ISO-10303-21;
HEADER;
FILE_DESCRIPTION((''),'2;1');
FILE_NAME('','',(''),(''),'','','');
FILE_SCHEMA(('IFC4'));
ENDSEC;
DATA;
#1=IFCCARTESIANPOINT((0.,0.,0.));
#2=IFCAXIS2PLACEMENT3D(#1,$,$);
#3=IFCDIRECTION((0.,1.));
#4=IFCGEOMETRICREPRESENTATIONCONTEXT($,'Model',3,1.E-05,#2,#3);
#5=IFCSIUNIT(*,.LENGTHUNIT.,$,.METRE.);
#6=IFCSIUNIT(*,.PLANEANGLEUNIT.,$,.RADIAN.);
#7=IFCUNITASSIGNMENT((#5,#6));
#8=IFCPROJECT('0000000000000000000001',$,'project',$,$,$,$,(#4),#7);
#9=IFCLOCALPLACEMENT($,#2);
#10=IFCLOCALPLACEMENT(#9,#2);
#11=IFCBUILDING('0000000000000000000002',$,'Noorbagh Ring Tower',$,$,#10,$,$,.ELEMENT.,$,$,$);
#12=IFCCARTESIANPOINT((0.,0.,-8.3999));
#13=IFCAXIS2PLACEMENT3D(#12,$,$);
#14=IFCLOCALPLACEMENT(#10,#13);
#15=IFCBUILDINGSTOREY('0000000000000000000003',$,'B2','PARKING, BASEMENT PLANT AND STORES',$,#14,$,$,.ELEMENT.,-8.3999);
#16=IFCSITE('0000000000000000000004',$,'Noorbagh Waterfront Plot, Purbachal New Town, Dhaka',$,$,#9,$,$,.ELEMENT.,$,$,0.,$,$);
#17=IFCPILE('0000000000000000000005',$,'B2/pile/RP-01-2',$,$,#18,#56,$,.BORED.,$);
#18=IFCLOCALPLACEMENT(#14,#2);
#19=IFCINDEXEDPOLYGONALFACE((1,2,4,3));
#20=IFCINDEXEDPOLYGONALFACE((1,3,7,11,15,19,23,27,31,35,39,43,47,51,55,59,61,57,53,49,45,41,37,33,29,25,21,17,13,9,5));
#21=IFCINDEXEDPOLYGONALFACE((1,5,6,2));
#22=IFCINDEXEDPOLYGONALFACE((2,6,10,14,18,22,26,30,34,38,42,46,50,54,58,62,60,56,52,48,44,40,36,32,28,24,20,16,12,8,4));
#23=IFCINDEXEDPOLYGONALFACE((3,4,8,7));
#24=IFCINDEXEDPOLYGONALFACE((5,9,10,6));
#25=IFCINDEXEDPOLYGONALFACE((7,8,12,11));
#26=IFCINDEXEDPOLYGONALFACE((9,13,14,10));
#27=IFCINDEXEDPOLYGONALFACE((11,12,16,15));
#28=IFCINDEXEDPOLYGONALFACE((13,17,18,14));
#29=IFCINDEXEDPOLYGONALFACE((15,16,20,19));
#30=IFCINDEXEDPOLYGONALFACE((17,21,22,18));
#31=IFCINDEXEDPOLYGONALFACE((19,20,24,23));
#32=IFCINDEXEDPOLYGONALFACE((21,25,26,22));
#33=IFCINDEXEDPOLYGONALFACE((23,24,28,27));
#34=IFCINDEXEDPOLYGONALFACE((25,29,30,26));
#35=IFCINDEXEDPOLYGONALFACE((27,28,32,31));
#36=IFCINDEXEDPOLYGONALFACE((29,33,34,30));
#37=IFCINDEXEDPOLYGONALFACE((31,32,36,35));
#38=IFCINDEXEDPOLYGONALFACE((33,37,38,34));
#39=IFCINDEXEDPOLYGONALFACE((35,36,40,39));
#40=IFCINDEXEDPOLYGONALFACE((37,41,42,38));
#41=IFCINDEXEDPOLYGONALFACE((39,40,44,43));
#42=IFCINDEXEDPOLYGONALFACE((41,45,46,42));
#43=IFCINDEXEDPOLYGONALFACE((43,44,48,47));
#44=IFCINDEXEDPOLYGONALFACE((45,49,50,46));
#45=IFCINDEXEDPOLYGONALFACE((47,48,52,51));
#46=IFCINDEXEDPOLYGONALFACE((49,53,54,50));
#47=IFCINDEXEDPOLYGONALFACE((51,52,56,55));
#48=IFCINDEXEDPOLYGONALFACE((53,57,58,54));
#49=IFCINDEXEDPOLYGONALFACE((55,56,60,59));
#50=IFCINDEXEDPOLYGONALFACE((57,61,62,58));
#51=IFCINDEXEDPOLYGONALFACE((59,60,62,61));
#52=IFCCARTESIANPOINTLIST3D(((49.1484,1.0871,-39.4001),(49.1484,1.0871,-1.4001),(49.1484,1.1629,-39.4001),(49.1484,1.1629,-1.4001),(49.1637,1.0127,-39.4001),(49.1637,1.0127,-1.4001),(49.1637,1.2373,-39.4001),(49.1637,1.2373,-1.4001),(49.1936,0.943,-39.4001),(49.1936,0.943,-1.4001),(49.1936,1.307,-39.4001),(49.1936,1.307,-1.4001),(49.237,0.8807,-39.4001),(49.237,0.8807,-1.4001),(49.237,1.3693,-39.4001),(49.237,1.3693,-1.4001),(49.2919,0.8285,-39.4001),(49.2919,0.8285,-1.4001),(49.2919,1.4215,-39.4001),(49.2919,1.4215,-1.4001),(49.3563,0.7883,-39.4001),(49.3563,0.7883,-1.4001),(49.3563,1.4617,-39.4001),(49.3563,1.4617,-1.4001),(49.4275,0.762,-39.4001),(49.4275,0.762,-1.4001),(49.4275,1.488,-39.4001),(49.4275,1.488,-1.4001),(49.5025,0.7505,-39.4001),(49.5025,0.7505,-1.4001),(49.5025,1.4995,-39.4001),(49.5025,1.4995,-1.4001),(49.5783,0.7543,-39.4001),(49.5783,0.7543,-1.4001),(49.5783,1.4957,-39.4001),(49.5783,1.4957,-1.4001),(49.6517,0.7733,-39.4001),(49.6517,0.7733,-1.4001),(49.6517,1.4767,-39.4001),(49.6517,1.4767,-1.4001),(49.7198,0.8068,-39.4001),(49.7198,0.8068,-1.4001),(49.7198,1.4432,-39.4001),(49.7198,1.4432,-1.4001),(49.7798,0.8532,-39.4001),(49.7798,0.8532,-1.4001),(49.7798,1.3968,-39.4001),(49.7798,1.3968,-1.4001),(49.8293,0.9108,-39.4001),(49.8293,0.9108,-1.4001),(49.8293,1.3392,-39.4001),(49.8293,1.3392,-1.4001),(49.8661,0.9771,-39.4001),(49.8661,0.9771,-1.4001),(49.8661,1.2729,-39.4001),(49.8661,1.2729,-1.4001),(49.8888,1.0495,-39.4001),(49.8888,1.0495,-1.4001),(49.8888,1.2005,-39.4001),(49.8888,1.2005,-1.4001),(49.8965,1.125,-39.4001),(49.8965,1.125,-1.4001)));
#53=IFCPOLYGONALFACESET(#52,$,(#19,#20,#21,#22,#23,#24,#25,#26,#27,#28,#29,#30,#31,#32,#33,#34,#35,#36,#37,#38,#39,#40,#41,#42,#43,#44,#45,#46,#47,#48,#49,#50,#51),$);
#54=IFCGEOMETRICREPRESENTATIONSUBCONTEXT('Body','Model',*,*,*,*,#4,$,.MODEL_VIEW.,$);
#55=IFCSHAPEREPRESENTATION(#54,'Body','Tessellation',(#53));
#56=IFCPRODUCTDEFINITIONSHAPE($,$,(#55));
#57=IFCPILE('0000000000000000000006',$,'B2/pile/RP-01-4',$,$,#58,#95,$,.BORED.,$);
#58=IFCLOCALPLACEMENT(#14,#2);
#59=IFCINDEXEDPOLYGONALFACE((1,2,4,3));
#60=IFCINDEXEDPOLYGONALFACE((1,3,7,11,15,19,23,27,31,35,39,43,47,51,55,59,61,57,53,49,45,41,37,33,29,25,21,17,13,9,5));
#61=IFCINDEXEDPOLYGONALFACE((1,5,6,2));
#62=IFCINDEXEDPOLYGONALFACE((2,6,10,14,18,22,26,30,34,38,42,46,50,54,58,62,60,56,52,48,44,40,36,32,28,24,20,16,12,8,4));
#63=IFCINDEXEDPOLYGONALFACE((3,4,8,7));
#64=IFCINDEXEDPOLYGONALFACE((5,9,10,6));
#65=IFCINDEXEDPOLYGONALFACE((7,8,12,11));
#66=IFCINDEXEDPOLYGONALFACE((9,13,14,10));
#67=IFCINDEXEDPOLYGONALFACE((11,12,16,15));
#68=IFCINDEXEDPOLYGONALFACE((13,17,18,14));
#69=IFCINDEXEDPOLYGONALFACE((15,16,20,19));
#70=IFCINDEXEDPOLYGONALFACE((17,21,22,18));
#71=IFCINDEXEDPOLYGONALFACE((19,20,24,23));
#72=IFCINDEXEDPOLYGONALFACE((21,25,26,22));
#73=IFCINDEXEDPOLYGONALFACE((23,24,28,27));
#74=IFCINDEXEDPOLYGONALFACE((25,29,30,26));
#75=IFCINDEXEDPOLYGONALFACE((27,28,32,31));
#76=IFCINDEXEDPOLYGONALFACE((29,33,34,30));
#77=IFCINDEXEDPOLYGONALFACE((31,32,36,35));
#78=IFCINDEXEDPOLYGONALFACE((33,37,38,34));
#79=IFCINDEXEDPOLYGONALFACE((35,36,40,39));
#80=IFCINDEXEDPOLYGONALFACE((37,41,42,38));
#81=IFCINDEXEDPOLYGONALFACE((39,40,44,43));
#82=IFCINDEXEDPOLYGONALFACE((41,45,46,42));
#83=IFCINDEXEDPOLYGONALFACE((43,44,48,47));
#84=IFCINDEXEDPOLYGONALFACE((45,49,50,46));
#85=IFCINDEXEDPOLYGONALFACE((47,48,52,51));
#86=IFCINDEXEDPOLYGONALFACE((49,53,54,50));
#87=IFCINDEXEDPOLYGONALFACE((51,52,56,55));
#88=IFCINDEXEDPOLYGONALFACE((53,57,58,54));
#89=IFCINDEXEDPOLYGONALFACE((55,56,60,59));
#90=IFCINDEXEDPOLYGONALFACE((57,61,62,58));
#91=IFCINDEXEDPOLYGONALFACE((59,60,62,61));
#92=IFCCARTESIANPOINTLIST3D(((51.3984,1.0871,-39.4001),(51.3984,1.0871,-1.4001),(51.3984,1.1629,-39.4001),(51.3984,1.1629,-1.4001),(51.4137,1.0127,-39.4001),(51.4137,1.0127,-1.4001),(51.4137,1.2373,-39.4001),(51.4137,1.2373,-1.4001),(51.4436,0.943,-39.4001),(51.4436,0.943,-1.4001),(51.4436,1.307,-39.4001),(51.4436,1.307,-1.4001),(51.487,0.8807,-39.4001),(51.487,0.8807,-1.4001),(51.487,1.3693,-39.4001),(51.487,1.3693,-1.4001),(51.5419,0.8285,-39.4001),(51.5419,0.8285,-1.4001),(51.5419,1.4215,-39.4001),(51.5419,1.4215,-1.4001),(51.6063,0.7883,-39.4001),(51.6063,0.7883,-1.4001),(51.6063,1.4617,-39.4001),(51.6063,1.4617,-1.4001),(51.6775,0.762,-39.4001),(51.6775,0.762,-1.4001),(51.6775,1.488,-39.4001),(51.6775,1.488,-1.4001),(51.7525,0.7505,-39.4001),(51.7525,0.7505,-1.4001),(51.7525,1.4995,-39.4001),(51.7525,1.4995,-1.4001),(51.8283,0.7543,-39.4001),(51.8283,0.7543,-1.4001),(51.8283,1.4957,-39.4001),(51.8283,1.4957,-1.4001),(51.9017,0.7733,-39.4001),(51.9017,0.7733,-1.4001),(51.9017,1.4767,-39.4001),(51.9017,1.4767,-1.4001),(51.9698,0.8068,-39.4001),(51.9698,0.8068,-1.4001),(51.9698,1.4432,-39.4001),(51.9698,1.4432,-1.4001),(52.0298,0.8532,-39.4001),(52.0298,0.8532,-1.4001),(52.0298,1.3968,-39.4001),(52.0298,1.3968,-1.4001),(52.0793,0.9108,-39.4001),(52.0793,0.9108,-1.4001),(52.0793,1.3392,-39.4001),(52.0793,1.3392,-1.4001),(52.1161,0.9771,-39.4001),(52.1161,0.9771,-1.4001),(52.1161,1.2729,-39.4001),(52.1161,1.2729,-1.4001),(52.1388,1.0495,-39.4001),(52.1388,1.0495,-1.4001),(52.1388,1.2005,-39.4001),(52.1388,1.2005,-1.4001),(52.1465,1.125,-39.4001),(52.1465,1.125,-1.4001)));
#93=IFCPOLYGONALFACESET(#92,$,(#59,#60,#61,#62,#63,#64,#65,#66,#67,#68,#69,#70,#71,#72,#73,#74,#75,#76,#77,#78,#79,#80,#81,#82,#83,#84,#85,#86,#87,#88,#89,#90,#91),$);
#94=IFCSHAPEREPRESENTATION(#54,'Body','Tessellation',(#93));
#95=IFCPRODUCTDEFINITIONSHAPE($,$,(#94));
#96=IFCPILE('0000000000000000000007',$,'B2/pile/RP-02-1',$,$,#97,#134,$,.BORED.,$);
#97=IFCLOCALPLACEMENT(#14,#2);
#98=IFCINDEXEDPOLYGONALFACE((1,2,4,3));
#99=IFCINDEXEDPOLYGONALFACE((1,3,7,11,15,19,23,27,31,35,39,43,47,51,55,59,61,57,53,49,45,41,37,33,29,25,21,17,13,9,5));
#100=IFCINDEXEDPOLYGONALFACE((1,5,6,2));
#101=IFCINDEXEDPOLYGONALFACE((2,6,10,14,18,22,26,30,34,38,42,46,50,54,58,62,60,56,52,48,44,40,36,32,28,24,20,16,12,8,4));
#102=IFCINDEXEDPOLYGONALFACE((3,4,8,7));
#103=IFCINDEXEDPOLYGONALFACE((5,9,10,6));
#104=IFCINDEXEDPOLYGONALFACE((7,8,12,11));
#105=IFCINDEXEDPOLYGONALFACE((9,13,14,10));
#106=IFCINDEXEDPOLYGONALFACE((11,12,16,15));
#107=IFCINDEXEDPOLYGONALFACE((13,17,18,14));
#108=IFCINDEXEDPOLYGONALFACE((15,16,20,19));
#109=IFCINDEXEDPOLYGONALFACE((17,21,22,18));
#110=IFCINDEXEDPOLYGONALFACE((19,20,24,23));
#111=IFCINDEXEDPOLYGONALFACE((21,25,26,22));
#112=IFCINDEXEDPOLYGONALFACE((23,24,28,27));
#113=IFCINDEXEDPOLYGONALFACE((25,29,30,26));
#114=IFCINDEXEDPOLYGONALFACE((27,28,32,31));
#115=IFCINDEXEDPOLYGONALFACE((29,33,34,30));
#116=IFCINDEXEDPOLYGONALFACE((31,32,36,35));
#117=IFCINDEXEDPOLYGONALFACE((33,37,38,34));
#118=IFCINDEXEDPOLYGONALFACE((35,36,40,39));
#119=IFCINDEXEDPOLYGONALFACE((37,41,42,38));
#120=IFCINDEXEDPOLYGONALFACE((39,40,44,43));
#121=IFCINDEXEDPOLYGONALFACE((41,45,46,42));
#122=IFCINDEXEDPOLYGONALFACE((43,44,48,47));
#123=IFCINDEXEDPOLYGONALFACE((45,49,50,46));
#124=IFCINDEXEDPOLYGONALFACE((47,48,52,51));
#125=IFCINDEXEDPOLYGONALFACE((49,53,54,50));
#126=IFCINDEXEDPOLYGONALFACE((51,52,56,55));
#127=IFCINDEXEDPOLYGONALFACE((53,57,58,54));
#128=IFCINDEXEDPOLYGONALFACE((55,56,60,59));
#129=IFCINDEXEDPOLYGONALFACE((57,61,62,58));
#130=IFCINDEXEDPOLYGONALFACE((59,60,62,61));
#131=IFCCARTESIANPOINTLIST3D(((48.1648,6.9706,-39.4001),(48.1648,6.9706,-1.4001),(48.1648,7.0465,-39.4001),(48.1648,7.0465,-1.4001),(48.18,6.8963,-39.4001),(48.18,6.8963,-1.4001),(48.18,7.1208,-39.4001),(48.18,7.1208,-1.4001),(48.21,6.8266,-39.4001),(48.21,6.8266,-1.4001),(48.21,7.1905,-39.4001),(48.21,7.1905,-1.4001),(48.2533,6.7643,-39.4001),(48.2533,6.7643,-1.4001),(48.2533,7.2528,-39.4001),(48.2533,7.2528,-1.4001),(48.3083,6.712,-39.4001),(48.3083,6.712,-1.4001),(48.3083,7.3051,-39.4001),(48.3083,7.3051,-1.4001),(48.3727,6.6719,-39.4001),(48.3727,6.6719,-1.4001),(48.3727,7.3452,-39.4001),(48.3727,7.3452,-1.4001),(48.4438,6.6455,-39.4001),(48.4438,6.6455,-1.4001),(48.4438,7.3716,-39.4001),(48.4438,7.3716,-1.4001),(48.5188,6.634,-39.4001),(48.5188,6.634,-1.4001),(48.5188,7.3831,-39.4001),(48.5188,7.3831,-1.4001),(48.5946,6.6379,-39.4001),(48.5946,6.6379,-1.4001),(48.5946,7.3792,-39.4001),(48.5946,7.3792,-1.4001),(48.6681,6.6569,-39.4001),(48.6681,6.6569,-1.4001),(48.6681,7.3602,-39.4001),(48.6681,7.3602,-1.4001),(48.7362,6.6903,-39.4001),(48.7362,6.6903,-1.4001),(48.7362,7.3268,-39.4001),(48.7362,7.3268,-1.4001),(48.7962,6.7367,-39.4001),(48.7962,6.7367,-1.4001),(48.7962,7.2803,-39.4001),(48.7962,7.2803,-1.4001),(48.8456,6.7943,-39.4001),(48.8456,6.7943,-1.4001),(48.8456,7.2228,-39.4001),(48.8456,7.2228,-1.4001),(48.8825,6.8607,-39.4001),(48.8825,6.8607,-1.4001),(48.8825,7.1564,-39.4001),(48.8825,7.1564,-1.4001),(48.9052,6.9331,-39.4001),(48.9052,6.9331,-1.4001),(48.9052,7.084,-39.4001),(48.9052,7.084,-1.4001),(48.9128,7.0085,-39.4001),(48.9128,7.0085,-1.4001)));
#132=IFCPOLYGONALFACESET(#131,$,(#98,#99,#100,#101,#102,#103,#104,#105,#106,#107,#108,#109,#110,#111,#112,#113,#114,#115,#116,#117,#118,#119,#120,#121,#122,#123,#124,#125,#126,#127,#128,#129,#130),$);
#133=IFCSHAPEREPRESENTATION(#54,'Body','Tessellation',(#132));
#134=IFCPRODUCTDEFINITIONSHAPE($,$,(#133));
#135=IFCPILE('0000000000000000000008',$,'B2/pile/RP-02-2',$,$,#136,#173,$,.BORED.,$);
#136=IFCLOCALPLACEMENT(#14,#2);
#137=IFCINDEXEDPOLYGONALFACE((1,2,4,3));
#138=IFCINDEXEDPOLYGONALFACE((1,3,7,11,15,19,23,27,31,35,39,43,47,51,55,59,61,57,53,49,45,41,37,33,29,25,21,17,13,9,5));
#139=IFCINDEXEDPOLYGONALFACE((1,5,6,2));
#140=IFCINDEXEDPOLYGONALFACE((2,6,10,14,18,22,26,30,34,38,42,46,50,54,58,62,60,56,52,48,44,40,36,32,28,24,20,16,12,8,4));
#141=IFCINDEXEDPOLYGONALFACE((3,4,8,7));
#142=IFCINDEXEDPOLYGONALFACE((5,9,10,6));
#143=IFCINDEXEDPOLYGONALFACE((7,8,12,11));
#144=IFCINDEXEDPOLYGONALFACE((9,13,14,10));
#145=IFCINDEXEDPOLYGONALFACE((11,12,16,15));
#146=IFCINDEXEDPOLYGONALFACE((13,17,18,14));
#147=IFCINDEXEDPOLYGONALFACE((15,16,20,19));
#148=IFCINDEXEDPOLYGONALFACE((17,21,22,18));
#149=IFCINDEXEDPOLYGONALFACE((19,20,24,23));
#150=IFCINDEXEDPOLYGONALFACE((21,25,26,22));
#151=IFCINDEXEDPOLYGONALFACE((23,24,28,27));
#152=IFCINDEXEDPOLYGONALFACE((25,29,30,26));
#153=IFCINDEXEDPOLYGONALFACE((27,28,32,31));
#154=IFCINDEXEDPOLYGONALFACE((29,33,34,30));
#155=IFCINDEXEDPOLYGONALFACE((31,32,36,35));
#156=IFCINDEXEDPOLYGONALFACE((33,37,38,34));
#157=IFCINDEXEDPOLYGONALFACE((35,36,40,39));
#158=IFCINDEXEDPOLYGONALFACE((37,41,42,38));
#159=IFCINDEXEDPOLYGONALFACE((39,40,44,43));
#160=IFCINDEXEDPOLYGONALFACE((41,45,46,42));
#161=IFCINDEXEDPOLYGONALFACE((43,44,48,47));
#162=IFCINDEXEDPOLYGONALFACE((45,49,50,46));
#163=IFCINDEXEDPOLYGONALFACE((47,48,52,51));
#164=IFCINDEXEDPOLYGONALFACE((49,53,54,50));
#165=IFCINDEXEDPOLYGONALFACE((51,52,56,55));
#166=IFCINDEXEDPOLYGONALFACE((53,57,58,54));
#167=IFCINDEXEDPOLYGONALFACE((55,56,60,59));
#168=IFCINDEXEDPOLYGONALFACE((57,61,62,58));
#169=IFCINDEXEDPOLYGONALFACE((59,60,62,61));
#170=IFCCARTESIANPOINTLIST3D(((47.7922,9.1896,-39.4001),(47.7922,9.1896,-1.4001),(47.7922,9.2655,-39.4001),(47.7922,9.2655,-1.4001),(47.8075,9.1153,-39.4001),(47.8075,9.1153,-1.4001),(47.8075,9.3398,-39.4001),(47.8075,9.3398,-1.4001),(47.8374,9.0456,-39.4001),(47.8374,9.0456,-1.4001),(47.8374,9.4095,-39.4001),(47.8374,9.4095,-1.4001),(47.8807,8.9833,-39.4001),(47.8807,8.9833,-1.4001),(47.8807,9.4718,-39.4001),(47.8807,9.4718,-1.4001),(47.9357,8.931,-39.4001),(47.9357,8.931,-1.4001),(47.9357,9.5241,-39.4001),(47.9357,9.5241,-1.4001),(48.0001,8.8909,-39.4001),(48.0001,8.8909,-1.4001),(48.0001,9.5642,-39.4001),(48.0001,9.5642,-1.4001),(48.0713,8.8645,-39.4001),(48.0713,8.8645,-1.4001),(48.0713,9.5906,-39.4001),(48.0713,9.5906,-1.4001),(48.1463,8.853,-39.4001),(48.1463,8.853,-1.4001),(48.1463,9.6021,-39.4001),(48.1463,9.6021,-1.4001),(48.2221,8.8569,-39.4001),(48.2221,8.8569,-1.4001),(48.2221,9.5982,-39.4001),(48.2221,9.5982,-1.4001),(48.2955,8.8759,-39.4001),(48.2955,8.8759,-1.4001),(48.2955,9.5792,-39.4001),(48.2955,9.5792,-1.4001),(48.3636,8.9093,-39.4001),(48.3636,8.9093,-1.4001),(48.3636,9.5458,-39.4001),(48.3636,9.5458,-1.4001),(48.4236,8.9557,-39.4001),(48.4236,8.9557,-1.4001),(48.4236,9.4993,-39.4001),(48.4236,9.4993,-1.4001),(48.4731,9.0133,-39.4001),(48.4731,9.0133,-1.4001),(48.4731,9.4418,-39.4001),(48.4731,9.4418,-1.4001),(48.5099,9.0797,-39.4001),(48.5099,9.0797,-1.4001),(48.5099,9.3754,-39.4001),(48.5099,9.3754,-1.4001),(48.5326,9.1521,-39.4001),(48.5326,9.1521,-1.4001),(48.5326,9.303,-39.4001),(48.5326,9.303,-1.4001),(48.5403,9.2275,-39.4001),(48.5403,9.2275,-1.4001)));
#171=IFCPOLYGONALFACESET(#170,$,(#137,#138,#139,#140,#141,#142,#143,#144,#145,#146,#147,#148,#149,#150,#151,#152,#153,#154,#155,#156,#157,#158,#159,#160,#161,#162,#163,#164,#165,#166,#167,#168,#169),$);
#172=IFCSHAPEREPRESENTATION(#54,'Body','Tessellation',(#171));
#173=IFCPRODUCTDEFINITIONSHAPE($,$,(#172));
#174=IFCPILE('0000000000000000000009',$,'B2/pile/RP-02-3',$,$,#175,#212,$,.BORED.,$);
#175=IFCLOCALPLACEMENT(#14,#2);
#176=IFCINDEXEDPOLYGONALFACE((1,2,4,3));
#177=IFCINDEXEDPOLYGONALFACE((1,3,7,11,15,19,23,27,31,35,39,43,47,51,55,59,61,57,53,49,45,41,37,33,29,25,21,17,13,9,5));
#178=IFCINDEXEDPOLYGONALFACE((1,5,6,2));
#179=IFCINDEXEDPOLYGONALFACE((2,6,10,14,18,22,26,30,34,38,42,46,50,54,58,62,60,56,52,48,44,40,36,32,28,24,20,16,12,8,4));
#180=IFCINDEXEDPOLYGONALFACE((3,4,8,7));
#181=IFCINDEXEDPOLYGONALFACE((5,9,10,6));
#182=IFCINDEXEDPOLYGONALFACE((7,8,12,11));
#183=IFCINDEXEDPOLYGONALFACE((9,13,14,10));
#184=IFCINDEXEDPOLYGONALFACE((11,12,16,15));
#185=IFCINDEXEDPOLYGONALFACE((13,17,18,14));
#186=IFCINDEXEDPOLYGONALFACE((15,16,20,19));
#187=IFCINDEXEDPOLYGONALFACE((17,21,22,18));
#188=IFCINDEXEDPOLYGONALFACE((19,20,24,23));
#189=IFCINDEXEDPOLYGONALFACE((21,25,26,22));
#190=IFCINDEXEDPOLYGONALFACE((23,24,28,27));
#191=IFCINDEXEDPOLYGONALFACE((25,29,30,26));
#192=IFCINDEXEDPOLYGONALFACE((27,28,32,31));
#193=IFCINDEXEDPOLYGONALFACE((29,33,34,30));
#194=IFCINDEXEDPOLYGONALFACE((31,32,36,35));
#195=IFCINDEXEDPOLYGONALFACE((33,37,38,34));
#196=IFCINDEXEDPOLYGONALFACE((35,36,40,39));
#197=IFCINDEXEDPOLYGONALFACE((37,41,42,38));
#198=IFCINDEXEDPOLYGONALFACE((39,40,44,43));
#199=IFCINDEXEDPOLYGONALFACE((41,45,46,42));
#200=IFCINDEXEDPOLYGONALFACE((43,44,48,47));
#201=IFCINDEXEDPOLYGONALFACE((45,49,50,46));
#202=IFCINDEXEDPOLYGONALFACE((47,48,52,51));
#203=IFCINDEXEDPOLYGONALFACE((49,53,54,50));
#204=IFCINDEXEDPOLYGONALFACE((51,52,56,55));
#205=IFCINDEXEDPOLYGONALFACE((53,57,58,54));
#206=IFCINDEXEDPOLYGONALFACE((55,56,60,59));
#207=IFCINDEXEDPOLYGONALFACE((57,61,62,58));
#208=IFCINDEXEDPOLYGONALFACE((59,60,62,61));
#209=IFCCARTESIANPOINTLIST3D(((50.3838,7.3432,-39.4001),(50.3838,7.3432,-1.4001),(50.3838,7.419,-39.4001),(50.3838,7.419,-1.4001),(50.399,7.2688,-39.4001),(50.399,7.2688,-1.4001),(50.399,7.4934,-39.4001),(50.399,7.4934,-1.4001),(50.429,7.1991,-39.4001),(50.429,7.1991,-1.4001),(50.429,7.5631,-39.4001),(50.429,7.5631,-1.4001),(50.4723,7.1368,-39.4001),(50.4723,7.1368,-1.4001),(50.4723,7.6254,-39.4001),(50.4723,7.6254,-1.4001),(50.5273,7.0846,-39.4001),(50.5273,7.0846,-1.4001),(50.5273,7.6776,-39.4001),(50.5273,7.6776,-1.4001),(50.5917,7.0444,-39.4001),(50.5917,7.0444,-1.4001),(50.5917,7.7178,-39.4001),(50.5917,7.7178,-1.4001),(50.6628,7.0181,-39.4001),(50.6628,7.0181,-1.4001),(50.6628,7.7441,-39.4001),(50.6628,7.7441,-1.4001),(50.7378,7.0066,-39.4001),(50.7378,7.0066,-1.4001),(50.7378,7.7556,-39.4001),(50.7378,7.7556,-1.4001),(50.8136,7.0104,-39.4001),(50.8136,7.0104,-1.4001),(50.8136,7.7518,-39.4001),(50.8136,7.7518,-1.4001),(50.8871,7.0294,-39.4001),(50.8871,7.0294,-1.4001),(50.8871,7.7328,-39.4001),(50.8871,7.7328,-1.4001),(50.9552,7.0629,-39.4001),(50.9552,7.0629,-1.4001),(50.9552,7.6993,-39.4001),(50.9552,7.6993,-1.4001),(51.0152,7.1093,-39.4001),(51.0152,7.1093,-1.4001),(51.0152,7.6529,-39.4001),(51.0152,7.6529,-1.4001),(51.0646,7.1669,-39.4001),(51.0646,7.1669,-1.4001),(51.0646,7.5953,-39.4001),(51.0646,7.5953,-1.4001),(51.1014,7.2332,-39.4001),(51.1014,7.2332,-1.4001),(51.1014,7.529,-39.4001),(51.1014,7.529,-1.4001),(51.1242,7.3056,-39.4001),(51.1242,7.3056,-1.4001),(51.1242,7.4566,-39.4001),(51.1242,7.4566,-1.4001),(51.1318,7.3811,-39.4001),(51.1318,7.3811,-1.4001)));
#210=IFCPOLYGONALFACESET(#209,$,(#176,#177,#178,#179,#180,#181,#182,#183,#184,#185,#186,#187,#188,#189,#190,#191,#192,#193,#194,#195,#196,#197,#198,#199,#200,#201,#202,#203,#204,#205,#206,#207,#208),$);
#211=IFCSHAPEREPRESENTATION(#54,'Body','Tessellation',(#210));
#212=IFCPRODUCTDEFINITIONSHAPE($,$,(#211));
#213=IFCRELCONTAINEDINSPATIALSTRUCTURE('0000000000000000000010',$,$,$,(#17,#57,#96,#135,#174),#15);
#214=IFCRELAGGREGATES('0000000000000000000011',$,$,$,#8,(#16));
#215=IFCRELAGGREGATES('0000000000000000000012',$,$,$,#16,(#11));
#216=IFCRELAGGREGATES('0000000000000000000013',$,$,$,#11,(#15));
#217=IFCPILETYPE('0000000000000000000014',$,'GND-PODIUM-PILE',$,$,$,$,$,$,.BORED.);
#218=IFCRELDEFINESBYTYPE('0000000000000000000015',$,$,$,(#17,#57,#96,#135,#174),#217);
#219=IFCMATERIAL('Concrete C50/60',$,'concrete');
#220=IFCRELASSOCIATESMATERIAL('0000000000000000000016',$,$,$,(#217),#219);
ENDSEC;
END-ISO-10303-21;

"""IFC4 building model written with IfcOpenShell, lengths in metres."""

from ifc_helpers import new_model, si_unit, direction, frame, origin, origin_2d, place, context, subcontext, project, spatial, circle, extrude, material, material_profile, profile_set, type_object, element, save


model = new_model("IFC4")

# Units and contexts
model_context = context("Model", 3, precision=1e-05, world=origin(), true_north=direction((0.0, 1.0)))
body_context = subcontext(model_context, "Body", "Model", "MODEL_VIEW")
ifc_project = project(units=[si_unit("LENGTHUNIT", "METRE"), si_unit("PLANEANGLEUNIT", "RADIAN")], contexts=[model_context])

# Site, building, storey
site_placement = place(None, origin())
site = spatial("IfcSite", under=ifc_project, at=site_placement, Name="Noorbagh Waterfront Plot, Purbachal New Town, Dhaka", CompositionType="ELEMENT", RefElevation=0.0)
building_placement = place(site_placement, origin())
building = spatial("IfcBuilding", under=site, at=building_placement, Name="Noorbagh Ring Tower", CompositionType="ELEMENT")
storey_placement = place(building_placement, frame((0.0, 0.0, -8.3999)))
storey = spatial("IfcBuildingStorey", under=building, at=storey_placement, Name="B2", Description="PARKING, BASEMENT PLANT AND STORES", CompositionType="ELEMENT", Elevation=-8.3999)

# Piles
ifc_material_1 = material(Name="Concrete C50/60", Category="concrete")
ifc_material_profile_1 = material_profile(ifc_material_1, circle(Radius=0.375, at=origin_2d()), Name="PILE750")
ifc_profile_set_1 = profile_set([ifc_material_profile_1], Name="Concrete C50/60")
pile_type_1 = type_object("IfcPileType", Name="GND-PODIUM-PILE", PredefinedType="BORED", material=ifc_profile_set_1)
for number, where, z_axis, x_axis, name in (
    (1, (49.5215, 1.125, -1.4001), (0.0, 0.0, -1.0), (1.0, 0.0, 0.0), "B2/pile/RP-01-2"),
    (2, (51.7715, 1.125, -1.4001), (0.0, 0.0, -1.0), (1.0, 0.0, 0.0), "B2/pile/RP-01-4"),
    (3, (48.5378, 7.0085, -1.4001), (0.0, 0.0, -1.0), (1.0, 0.0, 0.0), "B2/pile/RP-02-1"),
    (4, (48.1653, 9.2275, -1.4001), (0.0, 0.0, -1.0), (1.0, 0.0, 0.0), "B2/pile/RP-02-2"),
    (5, (50.7568, 7.3811, -1.4001), (0.0, 0.0, -1.0), (1.0, 0.0, 0.0), "B2/pile/RP-02-3"),
):
    element("IfcPile", number, at=place(storey_placement, frame(where, z_axis=z_axis, x_axis=x_axis)), inside=storey, type_object=pile_type_1, Name=name, PredefinedType="BORED", context=body_context, shape_type="SweptSolid", body=[
        extrude(circle(Radius=0.375, at=origin_2d()), origin(), (0.0, 0.0, 1.0), 38.0),
    ])

save(model, "model.ifc")
